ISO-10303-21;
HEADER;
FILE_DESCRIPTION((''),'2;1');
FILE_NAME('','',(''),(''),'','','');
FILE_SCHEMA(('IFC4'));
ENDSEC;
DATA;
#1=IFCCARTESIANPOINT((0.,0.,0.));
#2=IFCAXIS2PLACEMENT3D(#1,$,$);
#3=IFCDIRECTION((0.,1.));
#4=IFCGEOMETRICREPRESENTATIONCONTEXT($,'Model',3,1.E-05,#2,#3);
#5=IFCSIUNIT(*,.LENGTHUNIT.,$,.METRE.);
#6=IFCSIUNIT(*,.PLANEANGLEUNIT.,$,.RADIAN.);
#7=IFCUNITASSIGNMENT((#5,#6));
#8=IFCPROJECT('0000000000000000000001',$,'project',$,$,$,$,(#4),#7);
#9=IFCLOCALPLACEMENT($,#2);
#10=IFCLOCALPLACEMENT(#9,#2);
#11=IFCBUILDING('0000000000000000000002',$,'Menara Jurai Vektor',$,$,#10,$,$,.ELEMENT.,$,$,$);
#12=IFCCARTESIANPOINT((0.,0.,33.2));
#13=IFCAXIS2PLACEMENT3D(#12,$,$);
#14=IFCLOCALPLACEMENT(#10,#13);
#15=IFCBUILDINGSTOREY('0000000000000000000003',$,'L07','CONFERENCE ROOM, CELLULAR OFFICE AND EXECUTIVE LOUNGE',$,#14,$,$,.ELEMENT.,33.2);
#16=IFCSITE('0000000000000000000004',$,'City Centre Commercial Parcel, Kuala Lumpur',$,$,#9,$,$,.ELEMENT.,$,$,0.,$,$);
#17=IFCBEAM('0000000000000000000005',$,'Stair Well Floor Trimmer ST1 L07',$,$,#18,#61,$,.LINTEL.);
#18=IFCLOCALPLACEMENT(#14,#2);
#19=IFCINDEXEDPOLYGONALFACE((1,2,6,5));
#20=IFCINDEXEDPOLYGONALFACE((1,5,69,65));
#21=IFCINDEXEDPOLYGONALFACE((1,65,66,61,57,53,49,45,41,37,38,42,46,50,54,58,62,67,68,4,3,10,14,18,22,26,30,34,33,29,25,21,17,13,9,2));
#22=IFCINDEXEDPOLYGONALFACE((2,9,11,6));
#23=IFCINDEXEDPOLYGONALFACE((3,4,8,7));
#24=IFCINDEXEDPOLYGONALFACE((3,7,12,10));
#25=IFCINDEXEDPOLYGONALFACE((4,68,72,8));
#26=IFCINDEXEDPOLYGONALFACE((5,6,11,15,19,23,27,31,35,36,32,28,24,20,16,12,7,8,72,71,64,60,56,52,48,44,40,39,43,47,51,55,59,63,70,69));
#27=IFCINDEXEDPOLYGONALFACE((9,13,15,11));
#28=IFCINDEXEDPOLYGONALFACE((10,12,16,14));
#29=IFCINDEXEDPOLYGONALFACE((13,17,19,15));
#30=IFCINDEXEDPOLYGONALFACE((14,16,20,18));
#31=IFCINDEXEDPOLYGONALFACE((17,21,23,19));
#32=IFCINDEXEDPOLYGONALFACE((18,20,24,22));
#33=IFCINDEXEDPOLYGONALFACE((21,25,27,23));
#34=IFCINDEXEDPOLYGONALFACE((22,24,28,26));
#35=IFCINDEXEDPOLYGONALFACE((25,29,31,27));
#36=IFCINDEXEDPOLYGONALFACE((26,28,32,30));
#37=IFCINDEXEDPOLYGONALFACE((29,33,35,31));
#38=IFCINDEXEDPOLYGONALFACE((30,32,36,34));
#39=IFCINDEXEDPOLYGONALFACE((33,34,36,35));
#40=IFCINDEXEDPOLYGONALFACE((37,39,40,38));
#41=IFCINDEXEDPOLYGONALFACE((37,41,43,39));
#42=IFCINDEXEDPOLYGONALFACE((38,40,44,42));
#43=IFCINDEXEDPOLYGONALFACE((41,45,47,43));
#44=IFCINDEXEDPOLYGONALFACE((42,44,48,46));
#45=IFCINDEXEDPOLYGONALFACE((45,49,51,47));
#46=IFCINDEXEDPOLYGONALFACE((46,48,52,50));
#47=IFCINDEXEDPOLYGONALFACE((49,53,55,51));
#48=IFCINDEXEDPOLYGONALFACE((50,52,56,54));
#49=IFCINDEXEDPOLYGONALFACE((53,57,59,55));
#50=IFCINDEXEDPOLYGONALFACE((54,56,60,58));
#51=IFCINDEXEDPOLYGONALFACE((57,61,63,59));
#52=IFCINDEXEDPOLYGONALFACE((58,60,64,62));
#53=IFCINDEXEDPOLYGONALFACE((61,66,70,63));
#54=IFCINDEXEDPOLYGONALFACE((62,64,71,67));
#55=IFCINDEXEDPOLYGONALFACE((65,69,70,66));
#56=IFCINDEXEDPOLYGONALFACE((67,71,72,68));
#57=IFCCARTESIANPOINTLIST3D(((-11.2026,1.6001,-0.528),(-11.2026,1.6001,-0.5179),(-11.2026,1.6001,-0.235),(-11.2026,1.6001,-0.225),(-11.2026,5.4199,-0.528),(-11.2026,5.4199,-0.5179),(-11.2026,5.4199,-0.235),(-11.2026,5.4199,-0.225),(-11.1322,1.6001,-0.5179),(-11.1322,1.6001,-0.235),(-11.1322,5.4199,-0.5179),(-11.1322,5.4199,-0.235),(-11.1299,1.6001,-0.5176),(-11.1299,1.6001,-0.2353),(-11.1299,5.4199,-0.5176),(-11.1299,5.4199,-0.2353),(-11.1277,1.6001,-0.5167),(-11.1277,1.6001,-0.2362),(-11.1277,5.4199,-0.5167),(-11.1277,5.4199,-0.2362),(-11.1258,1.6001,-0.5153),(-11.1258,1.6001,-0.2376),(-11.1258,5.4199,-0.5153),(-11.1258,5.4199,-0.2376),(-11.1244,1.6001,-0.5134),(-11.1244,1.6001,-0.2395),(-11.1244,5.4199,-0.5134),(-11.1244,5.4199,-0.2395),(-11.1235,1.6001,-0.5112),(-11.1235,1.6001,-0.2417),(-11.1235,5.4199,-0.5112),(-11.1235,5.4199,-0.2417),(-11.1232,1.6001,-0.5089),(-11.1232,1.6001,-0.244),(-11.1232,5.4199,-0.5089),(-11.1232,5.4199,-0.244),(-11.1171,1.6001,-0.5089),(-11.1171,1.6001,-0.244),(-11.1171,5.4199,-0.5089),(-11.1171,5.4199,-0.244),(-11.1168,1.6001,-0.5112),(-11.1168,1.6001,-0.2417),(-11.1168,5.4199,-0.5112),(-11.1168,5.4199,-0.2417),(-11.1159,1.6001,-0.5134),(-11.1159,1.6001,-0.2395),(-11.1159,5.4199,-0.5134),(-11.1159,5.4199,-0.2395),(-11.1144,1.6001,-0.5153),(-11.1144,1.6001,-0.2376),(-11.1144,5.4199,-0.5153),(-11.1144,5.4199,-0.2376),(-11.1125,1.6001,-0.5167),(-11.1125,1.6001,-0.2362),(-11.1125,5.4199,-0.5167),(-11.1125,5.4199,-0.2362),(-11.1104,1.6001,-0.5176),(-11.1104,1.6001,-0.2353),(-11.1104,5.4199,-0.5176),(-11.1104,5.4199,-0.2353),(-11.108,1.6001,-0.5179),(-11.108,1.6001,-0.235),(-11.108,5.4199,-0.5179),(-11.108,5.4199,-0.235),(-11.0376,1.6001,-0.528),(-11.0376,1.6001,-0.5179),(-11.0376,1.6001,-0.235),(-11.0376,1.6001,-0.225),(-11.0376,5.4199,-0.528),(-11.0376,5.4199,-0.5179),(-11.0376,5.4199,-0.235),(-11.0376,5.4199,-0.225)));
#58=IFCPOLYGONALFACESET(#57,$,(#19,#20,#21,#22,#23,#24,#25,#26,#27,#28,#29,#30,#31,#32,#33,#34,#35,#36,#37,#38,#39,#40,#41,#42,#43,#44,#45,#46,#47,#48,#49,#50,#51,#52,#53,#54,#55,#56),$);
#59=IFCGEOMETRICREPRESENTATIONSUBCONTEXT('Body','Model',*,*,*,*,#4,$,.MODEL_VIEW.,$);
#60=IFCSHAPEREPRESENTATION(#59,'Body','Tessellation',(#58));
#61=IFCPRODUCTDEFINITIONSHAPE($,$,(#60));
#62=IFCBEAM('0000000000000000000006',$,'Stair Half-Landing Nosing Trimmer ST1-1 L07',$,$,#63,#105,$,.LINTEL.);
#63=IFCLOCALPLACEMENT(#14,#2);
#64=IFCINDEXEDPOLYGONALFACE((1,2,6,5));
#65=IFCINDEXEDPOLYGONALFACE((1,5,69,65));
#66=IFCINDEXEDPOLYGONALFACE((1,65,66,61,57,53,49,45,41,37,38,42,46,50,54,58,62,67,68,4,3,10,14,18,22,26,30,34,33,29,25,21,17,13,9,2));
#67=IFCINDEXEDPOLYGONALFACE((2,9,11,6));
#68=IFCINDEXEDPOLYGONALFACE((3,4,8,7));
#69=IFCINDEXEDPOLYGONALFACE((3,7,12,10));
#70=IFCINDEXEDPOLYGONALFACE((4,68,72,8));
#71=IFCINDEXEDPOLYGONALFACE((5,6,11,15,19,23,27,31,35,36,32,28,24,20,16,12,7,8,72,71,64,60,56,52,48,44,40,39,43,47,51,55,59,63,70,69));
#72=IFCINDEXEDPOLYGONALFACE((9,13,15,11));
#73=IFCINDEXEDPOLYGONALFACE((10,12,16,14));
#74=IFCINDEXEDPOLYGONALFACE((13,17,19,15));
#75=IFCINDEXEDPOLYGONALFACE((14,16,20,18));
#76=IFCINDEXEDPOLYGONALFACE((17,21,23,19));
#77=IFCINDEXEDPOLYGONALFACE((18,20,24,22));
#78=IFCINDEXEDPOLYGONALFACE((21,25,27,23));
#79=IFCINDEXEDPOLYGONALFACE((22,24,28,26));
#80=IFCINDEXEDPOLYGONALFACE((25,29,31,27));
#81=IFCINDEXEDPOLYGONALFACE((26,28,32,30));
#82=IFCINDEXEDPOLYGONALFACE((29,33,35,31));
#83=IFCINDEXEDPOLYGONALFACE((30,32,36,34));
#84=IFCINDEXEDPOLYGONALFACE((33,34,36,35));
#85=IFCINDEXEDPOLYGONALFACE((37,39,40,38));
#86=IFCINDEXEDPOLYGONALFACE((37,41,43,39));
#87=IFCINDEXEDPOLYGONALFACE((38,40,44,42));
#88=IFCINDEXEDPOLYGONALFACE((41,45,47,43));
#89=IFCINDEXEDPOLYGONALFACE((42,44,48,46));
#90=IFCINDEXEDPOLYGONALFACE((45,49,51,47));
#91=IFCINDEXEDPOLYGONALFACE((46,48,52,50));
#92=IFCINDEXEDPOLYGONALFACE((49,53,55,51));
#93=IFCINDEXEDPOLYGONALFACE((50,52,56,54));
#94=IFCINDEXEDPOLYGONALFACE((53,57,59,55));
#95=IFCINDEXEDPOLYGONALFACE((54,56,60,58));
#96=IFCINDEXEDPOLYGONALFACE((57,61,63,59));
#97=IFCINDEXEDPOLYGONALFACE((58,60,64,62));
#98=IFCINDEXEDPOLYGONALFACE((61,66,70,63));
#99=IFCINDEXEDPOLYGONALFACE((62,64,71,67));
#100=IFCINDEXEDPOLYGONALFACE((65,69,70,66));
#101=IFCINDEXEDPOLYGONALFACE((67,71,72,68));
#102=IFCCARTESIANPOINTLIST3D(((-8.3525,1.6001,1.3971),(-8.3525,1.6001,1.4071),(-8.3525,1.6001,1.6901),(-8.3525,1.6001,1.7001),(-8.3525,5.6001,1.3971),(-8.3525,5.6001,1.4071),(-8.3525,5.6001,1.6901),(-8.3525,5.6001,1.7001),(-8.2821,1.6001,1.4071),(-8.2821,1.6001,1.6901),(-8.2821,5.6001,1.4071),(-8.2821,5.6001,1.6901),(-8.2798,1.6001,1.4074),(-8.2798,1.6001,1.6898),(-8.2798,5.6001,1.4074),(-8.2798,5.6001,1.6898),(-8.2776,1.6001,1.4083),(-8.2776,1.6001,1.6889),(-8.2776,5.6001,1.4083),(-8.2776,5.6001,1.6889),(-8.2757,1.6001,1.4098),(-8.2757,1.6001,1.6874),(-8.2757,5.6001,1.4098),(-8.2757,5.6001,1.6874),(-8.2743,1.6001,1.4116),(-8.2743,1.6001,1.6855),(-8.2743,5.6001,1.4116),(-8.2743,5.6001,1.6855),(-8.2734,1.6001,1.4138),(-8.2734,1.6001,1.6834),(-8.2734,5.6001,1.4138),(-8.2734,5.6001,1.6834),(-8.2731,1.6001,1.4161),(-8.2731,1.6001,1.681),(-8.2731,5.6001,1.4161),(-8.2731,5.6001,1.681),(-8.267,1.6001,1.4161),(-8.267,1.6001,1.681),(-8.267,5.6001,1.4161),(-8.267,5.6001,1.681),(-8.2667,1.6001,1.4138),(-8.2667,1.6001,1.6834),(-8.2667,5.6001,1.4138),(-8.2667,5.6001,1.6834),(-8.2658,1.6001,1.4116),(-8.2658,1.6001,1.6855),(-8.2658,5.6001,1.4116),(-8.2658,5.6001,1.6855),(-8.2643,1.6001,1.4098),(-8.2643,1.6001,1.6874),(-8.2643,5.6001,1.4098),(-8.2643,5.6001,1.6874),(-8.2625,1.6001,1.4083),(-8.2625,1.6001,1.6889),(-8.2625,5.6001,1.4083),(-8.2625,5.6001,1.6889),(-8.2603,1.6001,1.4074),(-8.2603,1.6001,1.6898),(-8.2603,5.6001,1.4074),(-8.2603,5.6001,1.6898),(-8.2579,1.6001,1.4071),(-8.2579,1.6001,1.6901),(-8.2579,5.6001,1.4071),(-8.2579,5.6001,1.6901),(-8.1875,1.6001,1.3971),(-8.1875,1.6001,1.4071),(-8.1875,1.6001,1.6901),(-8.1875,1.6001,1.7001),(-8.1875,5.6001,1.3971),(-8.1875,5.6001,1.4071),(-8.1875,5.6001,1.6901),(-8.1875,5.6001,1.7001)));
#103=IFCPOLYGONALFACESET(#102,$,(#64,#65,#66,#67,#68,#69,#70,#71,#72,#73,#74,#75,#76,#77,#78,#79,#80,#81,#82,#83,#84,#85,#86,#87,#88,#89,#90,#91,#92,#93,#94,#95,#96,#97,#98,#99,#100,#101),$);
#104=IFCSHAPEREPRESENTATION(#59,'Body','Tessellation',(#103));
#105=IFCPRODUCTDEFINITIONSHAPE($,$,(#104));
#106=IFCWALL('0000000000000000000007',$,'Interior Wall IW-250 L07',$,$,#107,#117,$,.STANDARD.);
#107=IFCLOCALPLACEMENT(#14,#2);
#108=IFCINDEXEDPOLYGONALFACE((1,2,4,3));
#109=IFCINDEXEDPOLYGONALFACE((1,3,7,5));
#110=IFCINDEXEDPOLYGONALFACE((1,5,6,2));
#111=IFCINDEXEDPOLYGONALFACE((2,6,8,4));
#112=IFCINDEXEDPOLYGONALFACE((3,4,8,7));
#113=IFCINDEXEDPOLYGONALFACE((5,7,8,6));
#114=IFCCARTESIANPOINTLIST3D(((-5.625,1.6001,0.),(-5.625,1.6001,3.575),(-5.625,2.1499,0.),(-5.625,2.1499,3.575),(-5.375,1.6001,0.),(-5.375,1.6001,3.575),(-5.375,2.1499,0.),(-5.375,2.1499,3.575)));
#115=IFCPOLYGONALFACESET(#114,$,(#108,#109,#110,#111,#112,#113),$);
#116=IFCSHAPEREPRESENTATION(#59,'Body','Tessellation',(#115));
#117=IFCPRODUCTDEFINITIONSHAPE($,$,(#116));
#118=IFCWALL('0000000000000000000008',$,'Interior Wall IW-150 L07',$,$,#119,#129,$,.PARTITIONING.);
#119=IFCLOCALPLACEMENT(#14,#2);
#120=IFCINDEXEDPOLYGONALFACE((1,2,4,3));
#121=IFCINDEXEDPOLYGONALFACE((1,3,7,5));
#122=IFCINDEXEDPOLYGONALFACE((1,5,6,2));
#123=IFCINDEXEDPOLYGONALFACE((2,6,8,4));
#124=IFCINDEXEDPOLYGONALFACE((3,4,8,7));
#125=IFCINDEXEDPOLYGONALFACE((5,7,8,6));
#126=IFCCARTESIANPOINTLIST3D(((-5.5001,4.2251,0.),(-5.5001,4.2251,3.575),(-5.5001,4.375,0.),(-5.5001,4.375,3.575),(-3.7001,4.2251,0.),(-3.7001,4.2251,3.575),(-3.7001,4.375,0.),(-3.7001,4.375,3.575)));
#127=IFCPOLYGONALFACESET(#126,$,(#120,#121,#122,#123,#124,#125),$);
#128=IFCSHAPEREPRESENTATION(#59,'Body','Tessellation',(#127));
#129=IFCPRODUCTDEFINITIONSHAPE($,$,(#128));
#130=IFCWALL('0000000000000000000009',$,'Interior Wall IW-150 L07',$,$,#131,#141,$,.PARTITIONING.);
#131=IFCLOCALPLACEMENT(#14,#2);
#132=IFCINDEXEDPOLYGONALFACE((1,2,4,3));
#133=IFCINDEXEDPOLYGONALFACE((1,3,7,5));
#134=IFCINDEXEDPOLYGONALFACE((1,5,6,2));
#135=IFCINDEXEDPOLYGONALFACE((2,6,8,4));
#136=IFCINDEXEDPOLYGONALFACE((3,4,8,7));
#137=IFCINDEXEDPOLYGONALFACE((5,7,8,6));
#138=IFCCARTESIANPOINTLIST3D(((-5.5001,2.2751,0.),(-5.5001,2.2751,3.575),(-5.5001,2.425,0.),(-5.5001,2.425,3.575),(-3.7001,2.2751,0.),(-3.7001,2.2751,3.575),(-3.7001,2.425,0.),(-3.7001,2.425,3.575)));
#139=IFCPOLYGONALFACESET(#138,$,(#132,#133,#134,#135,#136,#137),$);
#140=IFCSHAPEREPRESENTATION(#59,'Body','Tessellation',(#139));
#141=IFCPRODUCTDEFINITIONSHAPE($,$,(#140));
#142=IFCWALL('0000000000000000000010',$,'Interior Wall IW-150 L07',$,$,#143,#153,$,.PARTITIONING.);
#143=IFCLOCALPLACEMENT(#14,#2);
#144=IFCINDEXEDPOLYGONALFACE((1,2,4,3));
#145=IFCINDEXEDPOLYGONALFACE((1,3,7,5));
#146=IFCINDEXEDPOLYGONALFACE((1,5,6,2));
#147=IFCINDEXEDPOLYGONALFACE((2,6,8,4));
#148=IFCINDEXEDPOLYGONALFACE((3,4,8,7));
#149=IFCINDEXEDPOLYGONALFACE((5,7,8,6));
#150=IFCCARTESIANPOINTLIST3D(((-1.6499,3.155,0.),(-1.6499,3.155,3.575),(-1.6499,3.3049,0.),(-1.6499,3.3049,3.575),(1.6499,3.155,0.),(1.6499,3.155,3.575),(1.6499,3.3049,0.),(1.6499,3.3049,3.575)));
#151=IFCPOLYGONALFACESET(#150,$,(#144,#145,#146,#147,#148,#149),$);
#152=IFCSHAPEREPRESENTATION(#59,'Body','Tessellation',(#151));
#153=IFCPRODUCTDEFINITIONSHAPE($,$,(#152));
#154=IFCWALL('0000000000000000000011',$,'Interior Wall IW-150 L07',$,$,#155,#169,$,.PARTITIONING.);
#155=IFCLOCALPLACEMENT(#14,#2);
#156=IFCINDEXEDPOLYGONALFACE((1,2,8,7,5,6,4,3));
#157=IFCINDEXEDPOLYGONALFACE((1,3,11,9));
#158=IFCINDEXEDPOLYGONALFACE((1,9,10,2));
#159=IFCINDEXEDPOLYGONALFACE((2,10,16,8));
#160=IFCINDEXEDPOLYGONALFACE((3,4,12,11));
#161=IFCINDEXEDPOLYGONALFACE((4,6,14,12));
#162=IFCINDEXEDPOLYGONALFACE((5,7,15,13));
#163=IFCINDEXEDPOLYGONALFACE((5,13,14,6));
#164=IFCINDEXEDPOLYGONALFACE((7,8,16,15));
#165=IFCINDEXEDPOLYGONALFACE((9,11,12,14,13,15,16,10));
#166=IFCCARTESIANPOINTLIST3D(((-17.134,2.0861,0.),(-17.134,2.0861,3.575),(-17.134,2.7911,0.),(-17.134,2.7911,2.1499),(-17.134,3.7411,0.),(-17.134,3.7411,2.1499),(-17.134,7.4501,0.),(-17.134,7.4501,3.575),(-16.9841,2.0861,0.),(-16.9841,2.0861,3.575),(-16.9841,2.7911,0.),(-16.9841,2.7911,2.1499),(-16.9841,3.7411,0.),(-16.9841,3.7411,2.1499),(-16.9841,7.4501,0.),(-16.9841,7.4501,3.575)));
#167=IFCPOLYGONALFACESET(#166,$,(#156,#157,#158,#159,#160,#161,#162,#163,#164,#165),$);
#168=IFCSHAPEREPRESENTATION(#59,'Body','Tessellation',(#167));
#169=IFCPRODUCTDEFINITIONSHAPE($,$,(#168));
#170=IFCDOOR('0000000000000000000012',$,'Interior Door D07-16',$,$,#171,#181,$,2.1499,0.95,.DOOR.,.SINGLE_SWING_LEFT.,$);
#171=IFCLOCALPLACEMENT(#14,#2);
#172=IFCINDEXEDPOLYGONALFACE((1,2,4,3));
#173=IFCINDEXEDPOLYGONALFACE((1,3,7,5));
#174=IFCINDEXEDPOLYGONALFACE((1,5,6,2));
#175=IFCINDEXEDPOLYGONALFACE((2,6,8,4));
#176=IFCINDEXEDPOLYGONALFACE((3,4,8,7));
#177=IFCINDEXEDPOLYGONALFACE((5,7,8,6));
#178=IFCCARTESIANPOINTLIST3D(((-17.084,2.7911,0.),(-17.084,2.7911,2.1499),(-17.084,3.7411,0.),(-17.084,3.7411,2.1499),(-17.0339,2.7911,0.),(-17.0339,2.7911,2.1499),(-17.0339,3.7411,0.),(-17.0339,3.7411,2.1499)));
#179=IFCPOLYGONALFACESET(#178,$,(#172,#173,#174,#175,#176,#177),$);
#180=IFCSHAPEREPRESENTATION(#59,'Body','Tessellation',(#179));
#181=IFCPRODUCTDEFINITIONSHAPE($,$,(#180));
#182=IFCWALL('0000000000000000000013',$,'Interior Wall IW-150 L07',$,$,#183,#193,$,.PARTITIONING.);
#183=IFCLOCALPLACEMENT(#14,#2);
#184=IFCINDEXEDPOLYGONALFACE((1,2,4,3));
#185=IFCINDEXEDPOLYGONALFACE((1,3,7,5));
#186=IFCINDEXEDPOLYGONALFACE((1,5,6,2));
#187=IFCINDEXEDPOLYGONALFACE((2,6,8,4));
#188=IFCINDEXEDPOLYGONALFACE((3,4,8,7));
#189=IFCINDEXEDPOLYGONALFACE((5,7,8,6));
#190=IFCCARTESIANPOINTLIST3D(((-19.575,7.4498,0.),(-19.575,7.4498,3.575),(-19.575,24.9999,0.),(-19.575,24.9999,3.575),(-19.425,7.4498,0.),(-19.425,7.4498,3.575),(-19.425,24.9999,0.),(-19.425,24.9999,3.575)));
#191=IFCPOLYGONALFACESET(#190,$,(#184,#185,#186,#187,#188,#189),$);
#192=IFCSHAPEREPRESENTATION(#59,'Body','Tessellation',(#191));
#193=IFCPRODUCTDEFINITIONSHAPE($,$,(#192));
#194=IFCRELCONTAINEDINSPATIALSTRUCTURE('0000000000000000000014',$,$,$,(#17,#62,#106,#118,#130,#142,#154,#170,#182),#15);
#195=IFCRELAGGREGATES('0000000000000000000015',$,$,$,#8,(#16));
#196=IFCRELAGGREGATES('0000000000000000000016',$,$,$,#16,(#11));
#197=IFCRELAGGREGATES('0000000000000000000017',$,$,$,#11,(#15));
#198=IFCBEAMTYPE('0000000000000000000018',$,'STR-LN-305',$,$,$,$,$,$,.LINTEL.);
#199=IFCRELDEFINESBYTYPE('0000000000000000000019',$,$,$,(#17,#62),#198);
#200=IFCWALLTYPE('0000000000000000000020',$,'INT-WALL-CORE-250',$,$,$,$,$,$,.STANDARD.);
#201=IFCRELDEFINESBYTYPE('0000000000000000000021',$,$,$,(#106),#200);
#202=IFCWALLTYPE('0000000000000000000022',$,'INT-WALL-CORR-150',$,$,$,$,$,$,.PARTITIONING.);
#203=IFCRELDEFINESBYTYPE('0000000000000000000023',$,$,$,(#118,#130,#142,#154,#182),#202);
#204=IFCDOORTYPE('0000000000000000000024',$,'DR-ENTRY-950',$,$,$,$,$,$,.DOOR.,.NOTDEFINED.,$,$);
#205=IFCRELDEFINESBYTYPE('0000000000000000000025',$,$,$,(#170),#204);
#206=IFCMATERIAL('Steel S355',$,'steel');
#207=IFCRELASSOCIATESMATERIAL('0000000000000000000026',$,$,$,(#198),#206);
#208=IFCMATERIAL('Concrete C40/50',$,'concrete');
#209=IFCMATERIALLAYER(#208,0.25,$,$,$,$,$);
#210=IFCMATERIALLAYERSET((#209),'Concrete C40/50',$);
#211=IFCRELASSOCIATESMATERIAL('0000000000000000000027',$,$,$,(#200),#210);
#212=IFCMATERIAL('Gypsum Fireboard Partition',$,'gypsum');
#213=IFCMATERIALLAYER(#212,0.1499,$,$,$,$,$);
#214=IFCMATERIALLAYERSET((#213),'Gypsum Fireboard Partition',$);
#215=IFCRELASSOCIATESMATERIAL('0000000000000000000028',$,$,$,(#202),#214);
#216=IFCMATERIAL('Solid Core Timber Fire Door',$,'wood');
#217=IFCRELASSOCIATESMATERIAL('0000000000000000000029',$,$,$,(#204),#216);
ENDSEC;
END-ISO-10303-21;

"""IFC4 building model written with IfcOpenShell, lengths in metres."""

from ifc_helpers import new_model, si_unit, direction, frame, frame_2d, origin, origin_2d, place, context, subcontext, project, spatial, rectangle, i_section, extrude, material, layer, layer_set, material_profile, profile_set, type_object, element, fill, save


model = new_model("IFC4")

# Units and contexts
model_context = context("Model", 3, precision=1e-05, world=origin(), true_north=direction((0.0, 1.0)))
body_context = subcontext(model_context, "Body", "Model", "MODEL_VIEW")
ifc_project = project(units=[si_unit("LENGTHUNIT", "METRE"), si_unit("PLANEANGLEUNIT", "RADIAN")], contexts=[model_context])

# Site, building, storey
site_placement = place(None, origin())
site = spatial("IfcSite", under=ifc_project, at=site_placement, Name="City Centre Commercial Parcel, Kuala Lumpur", CompositionType="ELEMENT", RefElevation=0.0)
building_placement = place(site_placement, origin())
building = spatial("IfcBuilding", under=site, at=building_placement, Name="Menara Jurai Vektor", CompositionType="ELEMENT")
storey_placement = place(building_placement, frame((0.0, 0.0, 33.2)))
storey = spatial("IfcBuildingStorey", under=building, at=storey_placement, Name="L07", Description="CONFERENCE ROOM, CELLULAR OFFICE AND EXECUTIVE LOUNGE", CompositionType="ELEMENT", Elevation=33.2)

# Shared definitions
ifc_material_1 = material(Name="Steel S355", Category="steel")

# Beams
ifc_material_profile_1 = material_profile(ifc_material_1, i_section(OverallWidth=0.165, OverallDepth=0.303, WebThickness=0.0061, FlangeThickness=0.01, FilletRadius=0.009, at=origin_2d()), Name="UKB 305x165x40")
ifc_profile_set_1 = profile_set([ifc_material_profile_1], Name="Steel S355")
beam_type_1 = type_object("IfcBeamType", Name="STR-LN-305", PredefinedType="LINTEL", material=ifc_profile_set_1)
beam_1_placement = place(storey_placement, frame((-11.1201, 1.6001, -0.3765), z_axis=(0.0, 1.0, 0.0), x_axis=(-1.0, 0.0, 0.0)))
element("IfcBeam", 1, at=beam_1_placement, inside=storey, type_object=beam_type_1, Name="Stair Well Floor Trimmer ST1 L07", PredefinedType="LINTEL", context=body_context, shape_type="SweptSolid", body=[
    extrude(i_section(OverallWidth=0.165, OverallDepth=0.303, WebThickness=0.0061, FlangeThickness=0.01, FilletRadius=0.009, at=origin_2d()), origin(), (0.0, 0.0, 1.0), 3.8198),
])
beam_2_placement = place(storey_placement, frame((-8.27, 1.6001, 1.5486), z_axis=(0.0, 1.0, 0.0), x_axis=(-1.0, 0.0, 0.0)))
element("IfcBeam", 2, at=beam_2_placement, inside=storey, type_object=beam_type_1, Name="Stair Half-Landing Nosing Trimmer ST1-1 L07", PredefinedType="LINTEL", context=body_context, shape_type="SweptSolid", body=[
    extrude(i_section(OverallWidth=0.165, OverallDepth=0.303, WebThickness=0.0061, FlangeThickness=0.01, FilletRadius=0.009, at=origin_2d()), origin(), (0.0, 0.0, 1.0), 4.0),
])

# Shared definitions
ifc_material_2 = material(Name="Concrete C40/50", Category="concrete")
ifc_layer_1 = layer(ifc_material_2, 0.25)
ifc_layer_set_1 = layer_set([ifc_layer_1], Name="Concrete C40/50")
wall_type_1 = type_object("IfcWallType", Name="INT-WALL-CORE-250", PredefinedType="STANDARD", material=ifc_layer_set_1)

# Walls
wall_1_placement = place(storey_placement, frame((-5.5, 1.6001, 0.0), z_axis=(0.0, 0.0, 1.0), x_axis=(0.0, 1.0, 0.0)))
element("IfcWall", 3, at=wall_1_placement, inside=storey, type_object=wall_type_1, Name="Interior Wall IW-250 L07", PredefinedType="STANDARD", context=body_context, shape_type="SweptSolid", body=[
    extrude(rectangle(XDim=0.5498, YDim=0.25, at=frame_2d((0.2749, 0.0))), origin(), (0.0, 0.0, 1.0), 3.575),
])
ifc_material_3 = material(Name="Gypsum Fireboard Partition", Category="gypsum")
ifc_layer_2 = layer(ifc_material_3, 0.1499)
ifc_layer_set_2 = layer_set([ifc_layer_2], Name="Gypsum Fireboard Partition")
wall_type_2 = type_object("IfcWallType", Name="INT-WALL-CORR-150", PredefinedType="PARTITIONING", material=ifc_layer_set_2)
for number, where, z_axis, x_axis, name in (
    (4, (-5.5, 4.3, 0.0), (0.0, 0.0, 1.0), (1.0, 0.0, 0.0), "Interior Wall IW-150 L07"),
    (5, (-5.5, 2.3501, 0.0), (0.0, 0.0, 1.0), (1.0, 0.0, 0.0), "Interior Wall IW-150 L07"),
):
    element("IfcWall", number, at=place(storey_placement, frame(where, z_axis=z_axis, x_axis=x_axis)), inside=storey, type_object=wall_type_2, Name=name, PredefinedType="PARTITIONING", context=body_context, shape_type="SweptSolid", body=[
        extrude(rectangle(XDim=1.8, YDim=0.1499, at=frame_2d((0.8999, 0.0))), origin(), (0.0, 0.0, 1.0), 3.575),
    ])
wall_2_placement = place(storey_placement, frame((-1.6499, 3.23, 0.0), z_axis=(0.0, 0.0, 1.0), x_axis=(1.0, 0.0, 0.0)))
element("IfcWall", 6, at=wall_2_placement, inside=storey, type_object=wall_type_2, Name="Interior Wall IW-150 L07", PredefinedType="PARTITIONING", context=body_context, shape_type="SweptSolid", body=[
    extrude(rectangle(XDim=3.2998, YDim=0.1499, at=frame_2d((1.6499, 0.0))), origin(), (0.0, 0.0, 1.0), 3.575),
])

# Wall, opening, door
ifc_material_4 = material(Name="Solid Core Timber Fire Door", Category="wood")
door_type_1 = type_object("IfcDoorType", Name="DR-ENTRY-950", OperationType="NOTDEFINED", PredefinedType="DOOR", material=ifc_material_4)
wall_3_placement = place(storey_placement, frame((-17.0591, 2.0859, 0.0), z_axis=(0.0, 0.0, 1.0), x_axis=(0.0, 1.0, 0.0)))
wall_3 = element("IfcWall", 7, at=wall_3_placement, inside=storey, type_object=wall_type_2, Name="Interior Wall IW-150 L07", PredefinedType="PARTITIONING", context=body_context, shape_type="SweptSolid", body=[
    extrude(rectangle(XDim=5.364, YDim=0.1499, at=frame_2d((2.6821, 0.0))), origin(), (0.0, 0.0, 1.0), 3.575),
])
opening_1_placement = place(wall_3_placement, frame((0.7051, 0.0, 0.0)))
opening_1 = element("IfcOpeningElement", 8, at=opening_1_placement, cuts=wall_3, PredefinedType="OPENING", context=body_context, shape_type="SweptSolid", body=[
    extrude(rectangle(XDim=0.95, YDim=2.1499, at=frame_2d((0.4751, 1.075))), frame((0.0, 0.085, 0.0), z_axis=(0.0, -1.0, 0.0), x_axis=(1.0, 0.0, 0.0)), (0.0, 0.0, 1.0), 0.1699),
])
door_1_placement = place(opening_1_placement, origin())
door_1 = element("IfcDoor", 9, at=door_1_placement, inside=storey, type_object=door_type_1, Name="Interior Door D07-16", OperationType="SINGLE_SWING_LEFT", OverallHeight=2.1499, OverallWidth=0.95, PredefinedType="DOOR", context=body_context, shape_type="SweptSolid", body=[
    extrude(rectangle(XDim=0.95, YDim=2.1499, at=frame_2d((0.4751, 1.075))), frame((0.0, 0.0249, 0.0), z_axis=(0.0, -1.0, 0.0), x_axis=(1.0, 0.0, 0.0)), (0.0, 0.0, 1.0), 0.05),
])
fill(opening_1, door_1)

# Wall
wall_4_placement = place(storey_placement, frame((-19.5, 7.45, 0.0), z_axis=(0.0, 0.0, 1.0), x_axis=(0.0, 1.0, 0.0)))
element("IfcWall", 10, at=wall_4_placement, inside=storey, type_object=wall_type_2, Name="Interior Wall IW-150 L07", PredefinedType="PARTITIONING", context=body_context, shape_type="SweptSolid", body=[
    extrude(rectangle(XDim=17.55, YDim=0.1499, at=frame_2d((8.7749, 0.0))), origin(), (0.0, 0.0, 1.0), 3.575),
])

save(model, "model.ifc")
